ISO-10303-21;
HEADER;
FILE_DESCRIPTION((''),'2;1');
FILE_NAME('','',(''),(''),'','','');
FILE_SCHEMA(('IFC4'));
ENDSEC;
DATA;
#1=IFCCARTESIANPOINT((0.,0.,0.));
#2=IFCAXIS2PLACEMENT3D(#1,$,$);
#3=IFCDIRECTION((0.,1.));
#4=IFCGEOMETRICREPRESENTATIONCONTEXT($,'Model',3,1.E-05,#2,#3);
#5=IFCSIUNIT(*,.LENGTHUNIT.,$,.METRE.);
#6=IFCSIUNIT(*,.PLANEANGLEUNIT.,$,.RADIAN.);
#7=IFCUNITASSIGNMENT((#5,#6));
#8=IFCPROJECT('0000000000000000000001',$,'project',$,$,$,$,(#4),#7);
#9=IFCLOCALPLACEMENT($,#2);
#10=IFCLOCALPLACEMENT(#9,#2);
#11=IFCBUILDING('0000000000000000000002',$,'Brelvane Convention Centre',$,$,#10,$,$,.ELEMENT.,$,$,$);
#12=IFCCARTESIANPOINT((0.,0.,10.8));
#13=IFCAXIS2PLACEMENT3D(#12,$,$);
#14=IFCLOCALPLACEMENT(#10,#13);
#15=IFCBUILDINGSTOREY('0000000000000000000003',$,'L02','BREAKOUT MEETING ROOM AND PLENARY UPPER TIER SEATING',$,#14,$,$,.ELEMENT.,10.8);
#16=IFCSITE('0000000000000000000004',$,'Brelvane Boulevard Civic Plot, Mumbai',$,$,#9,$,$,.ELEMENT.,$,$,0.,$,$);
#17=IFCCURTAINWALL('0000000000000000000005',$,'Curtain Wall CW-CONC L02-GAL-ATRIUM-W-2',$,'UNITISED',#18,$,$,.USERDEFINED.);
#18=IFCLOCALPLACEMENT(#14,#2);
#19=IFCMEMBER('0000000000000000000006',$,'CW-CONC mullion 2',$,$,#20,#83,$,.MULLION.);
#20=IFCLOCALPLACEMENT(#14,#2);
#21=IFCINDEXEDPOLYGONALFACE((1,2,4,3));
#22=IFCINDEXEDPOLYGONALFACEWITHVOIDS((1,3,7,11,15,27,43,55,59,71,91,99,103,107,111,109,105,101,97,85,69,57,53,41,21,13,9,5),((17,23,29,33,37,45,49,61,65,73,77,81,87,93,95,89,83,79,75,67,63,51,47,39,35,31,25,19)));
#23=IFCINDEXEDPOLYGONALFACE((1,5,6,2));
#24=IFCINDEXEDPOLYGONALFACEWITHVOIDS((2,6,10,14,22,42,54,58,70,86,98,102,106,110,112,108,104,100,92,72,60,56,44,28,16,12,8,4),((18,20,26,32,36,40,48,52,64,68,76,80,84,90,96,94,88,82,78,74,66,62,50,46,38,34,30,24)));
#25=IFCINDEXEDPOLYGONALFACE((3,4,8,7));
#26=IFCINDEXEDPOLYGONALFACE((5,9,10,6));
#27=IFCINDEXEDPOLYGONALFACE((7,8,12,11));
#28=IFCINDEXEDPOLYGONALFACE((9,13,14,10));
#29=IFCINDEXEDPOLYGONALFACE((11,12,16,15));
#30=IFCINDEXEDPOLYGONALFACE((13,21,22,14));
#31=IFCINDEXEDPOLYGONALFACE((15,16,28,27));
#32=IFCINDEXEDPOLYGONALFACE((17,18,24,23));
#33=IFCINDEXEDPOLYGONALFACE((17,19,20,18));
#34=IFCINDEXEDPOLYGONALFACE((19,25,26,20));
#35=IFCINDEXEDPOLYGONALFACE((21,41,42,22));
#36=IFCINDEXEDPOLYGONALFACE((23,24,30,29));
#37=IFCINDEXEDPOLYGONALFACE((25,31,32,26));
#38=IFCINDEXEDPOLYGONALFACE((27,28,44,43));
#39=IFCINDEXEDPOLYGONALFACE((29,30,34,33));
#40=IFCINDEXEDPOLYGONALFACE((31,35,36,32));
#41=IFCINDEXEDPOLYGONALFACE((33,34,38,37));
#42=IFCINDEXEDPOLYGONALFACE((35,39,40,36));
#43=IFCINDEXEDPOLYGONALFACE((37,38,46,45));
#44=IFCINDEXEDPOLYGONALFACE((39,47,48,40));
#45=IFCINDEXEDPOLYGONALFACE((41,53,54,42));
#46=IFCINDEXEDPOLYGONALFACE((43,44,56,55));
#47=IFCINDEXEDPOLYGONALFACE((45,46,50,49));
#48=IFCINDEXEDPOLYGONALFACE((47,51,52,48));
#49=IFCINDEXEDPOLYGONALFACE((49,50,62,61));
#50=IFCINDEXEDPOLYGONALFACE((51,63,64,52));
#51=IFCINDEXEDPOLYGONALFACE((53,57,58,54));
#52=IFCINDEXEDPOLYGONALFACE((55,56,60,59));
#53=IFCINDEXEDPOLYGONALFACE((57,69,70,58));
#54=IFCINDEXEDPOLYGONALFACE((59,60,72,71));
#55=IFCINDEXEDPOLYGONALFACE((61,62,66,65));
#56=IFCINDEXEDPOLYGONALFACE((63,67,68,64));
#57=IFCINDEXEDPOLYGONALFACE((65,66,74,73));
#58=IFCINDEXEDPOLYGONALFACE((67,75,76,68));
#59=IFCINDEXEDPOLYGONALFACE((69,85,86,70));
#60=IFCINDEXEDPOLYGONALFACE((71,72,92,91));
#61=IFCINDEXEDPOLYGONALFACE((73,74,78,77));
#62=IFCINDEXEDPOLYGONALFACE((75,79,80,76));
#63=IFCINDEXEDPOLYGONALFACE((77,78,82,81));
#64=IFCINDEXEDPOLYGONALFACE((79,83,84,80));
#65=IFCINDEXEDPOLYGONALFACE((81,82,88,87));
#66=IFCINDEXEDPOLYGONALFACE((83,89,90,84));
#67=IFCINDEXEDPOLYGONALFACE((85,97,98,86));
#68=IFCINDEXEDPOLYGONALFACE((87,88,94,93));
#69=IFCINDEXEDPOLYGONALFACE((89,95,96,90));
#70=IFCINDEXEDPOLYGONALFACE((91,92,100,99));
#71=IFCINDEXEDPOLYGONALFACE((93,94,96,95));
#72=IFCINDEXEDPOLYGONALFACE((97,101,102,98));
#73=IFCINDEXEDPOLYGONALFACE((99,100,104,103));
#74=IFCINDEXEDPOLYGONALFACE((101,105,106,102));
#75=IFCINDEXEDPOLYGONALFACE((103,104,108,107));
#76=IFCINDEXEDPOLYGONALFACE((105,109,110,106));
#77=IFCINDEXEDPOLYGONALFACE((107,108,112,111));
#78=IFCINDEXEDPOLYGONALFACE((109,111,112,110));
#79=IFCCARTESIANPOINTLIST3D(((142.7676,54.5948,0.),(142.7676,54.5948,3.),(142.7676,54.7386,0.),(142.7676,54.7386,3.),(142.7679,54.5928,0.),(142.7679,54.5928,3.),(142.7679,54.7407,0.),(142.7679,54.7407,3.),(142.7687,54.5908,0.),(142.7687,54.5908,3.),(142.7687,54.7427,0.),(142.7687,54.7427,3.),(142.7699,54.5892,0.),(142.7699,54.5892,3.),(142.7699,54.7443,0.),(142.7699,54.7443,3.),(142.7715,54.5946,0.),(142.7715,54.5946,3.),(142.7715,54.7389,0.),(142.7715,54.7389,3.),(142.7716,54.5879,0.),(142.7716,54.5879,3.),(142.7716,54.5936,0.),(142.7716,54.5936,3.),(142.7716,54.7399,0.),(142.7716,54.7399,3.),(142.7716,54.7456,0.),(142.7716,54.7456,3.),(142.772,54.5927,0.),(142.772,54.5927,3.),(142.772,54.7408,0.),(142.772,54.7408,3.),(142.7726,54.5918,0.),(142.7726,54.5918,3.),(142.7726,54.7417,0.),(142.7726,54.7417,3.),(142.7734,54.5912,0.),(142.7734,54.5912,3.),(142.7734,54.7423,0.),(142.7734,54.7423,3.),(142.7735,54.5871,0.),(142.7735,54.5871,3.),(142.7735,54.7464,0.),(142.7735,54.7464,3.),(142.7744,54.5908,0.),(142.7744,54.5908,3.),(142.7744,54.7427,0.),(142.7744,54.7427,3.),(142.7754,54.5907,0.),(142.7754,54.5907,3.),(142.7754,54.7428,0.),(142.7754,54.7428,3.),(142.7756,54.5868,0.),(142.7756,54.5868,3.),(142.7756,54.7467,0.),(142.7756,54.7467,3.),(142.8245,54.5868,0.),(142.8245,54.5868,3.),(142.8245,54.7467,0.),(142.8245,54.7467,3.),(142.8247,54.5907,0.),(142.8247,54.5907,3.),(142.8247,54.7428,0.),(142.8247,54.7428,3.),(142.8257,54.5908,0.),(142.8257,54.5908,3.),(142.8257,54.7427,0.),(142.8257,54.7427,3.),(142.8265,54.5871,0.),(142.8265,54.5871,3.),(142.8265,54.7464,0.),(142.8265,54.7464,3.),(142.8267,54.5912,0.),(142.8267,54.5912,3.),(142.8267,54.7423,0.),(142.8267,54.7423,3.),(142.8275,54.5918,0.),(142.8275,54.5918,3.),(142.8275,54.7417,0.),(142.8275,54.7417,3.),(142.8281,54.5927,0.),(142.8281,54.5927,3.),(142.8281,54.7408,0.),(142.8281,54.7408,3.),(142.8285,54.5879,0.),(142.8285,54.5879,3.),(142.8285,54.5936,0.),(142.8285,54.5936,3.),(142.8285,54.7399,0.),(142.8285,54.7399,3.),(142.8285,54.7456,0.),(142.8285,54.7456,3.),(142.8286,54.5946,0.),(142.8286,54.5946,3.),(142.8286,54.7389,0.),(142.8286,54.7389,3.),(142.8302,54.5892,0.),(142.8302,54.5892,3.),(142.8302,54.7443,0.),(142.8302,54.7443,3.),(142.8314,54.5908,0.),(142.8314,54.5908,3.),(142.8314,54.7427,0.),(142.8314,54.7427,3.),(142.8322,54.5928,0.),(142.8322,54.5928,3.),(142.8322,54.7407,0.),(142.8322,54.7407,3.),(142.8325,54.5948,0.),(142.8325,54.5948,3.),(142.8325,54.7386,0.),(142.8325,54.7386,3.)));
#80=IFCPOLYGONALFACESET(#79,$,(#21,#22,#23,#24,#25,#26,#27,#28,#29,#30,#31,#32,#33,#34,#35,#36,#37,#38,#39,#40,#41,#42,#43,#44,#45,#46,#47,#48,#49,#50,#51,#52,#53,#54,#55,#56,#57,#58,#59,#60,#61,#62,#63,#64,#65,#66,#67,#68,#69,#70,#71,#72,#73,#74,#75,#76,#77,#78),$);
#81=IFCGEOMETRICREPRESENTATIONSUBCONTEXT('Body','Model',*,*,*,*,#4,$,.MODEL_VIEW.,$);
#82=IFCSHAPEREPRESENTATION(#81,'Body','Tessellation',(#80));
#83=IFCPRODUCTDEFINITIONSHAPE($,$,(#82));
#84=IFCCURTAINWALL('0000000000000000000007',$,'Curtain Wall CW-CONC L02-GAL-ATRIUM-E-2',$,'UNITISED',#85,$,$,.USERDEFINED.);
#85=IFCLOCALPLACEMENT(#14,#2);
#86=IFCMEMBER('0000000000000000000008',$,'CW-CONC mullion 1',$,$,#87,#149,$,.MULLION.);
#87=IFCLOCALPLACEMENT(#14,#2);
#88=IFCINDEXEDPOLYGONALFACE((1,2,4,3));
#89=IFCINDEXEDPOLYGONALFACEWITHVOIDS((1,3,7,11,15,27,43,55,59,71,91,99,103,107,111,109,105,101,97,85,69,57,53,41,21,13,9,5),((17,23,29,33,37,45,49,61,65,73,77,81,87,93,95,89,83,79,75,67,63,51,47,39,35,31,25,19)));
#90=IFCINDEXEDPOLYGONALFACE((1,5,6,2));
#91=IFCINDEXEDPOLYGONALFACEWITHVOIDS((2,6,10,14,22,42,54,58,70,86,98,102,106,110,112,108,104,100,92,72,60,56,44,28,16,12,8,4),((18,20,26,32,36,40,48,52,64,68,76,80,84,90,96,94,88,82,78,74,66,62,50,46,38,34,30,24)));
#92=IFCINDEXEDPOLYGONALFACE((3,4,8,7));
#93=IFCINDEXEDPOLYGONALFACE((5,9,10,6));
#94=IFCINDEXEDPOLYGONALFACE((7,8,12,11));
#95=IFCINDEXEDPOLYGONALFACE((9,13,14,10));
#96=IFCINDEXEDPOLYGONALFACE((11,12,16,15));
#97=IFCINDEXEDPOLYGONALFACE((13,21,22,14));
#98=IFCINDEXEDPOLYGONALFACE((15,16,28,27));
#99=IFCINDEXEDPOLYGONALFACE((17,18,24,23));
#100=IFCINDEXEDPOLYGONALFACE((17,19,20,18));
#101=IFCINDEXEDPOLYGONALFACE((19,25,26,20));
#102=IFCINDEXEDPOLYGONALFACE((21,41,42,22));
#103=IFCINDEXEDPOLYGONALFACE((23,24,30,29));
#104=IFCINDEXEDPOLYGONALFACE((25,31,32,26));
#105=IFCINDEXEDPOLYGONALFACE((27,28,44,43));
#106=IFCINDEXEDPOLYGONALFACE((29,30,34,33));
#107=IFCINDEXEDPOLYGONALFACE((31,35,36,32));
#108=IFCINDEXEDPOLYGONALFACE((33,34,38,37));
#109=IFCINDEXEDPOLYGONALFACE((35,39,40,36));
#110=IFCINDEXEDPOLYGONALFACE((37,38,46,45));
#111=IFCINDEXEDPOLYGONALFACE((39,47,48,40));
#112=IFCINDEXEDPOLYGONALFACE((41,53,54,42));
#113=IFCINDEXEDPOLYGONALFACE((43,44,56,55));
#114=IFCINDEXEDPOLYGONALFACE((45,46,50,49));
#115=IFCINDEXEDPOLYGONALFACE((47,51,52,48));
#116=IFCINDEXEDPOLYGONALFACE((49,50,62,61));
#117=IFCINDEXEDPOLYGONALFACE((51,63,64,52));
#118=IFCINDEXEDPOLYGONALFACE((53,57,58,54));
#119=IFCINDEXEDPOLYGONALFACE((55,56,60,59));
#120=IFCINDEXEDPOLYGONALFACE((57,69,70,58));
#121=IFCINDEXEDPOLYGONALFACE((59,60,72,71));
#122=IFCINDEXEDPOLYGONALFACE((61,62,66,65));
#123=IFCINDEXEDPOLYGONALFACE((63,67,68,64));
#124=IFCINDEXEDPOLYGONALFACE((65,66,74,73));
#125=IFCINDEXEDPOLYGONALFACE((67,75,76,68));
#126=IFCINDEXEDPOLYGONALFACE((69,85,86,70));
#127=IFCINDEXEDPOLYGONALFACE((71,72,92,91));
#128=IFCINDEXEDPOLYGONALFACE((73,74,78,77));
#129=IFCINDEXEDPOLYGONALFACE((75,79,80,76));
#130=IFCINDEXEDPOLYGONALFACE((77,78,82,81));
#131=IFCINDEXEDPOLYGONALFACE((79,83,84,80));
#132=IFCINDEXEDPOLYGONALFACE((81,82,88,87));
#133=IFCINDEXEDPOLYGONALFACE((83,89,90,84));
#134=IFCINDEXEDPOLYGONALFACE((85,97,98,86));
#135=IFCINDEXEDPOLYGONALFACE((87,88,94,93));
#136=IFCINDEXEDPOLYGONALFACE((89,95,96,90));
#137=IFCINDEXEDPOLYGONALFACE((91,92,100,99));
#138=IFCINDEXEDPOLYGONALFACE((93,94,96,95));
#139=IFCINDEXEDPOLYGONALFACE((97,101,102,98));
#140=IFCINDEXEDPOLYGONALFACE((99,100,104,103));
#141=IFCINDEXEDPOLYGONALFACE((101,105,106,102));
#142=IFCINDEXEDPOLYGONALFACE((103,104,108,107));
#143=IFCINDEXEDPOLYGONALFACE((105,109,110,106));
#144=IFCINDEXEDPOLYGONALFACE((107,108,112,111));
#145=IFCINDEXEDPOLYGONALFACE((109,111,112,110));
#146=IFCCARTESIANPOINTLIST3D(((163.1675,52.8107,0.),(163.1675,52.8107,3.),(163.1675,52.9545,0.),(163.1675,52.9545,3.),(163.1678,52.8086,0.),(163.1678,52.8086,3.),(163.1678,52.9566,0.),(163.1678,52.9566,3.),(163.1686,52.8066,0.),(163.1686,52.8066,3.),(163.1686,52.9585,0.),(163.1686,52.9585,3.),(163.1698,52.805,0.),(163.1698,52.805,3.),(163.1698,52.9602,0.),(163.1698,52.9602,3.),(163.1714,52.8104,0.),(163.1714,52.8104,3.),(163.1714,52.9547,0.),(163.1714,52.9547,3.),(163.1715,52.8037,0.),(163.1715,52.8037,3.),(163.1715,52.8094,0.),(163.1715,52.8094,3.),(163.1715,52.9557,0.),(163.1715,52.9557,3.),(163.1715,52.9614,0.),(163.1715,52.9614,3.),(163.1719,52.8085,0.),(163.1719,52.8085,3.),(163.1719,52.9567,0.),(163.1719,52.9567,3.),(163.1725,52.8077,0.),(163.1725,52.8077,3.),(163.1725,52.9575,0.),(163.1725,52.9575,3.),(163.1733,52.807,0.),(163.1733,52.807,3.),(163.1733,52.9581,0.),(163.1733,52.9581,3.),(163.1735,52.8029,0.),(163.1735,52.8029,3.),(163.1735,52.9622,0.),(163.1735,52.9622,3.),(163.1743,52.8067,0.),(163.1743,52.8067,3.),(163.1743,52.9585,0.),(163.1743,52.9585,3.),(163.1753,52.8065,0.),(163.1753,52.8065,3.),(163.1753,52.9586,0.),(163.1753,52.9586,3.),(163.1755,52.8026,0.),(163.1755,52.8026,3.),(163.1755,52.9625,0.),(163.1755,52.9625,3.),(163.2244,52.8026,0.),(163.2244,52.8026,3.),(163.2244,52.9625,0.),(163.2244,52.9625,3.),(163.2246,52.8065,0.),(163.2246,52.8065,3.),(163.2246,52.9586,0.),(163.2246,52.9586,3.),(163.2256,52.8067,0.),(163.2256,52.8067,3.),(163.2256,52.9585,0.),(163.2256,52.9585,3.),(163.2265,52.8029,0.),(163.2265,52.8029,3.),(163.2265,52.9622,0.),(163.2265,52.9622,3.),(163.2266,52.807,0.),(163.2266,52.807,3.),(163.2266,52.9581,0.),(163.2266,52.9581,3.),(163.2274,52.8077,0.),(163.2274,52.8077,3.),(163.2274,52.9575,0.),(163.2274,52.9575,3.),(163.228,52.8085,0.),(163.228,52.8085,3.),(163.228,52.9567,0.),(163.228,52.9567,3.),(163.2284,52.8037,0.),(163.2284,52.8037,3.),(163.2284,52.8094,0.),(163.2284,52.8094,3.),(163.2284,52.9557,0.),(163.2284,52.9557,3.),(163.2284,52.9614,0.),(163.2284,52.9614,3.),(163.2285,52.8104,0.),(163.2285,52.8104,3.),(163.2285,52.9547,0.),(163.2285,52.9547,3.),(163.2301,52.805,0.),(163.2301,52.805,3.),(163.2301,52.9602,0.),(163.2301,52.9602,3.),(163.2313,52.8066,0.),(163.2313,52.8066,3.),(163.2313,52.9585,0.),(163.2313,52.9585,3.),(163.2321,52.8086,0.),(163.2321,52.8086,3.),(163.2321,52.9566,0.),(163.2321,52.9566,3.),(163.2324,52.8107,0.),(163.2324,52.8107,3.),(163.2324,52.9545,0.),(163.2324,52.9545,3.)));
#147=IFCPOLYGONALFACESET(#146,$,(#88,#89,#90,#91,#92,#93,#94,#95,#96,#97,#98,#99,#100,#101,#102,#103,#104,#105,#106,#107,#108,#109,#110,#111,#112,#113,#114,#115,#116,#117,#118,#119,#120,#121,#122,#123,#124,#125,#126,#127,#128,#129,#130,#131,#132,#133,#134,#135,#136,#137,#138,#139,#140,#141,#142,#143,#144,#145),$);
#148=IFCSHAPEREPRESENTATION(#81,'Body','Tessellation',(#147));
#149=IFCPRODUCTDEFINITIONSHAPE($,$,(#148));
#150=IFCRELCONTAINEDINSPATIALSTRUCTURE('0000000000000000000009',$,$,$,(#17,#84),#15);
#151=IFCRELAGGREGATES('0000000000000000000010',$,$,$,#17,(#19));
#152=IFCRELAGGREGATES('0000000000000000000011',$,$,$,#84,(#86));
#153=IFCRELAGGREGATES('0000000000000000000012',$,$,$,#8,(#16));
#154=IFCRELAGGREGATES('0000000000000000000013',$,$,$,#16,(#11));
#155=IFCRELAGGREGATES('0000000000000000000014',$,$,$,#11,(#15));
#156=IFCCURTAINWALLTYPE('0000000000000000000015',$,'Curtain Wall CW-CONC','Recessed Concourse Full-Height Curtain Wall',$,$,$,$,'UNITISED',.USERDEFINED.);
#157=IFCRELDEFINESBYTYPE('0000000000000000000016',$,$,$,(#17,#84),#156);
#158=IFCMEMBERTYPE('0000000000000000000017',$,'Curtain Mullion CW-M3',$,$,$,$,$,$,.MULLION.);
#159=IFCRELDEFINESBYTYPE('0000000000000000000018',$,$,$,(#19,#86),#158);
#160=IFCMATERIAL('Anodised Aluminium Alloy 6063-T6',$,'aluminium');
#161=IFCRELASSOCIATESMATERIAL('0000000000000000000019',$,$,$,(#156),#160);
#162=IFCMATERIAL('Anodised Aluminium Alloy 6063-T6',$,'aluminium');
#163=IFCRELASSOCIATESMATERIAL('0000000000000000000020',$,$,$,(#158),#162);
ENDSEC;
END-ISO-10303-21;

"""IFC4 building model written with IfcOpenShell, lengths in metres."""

from ifc_helpers import new_model, si_unit, direction, frame, origin, origin_2d, place, context, subcontext, project, spatial, hollow_rectangle, extrude, material, material_profile, profile_set, type_object, element, aggregate, save


model = new_model("IFC4")

# Units and contexts
model_context = context("Model", 3, precision=1e-05, world=origin(), true_north=direction((0.0, 1.0)))
body_context = subcontext(model_context, "Body", "Model", "MODEL_VIEW")
ifc_project = project(units=[si_unit("LENGTHUNIT", "METRE"), si_unit("PLANEANGLEUNIT", "RADIAN")], contexts=[model_context])

# Site, building, storey
site_placement = place(None, origin())
site = spatial("IfcSite", under=ifc_project, at=site_placement, Name="Brelvane Boulevard Civic Plot, Mumbai", CompositionType="ELEMENT", RefElevation=0.0)
building_placement = place(site_placement, origin())
building = spatial("IfcBuilding", under=site, at=building_placement, Name="Brelvane Convention Centre", CompositionType="ELEMENT")
storey_placement = place(building_placement, frame((0.0, 0.0, 10.8)))
storey = spatial("IfcBuildingStorey", under=building, at=storey_placement, Name="L02", Description="BREAKOUT MEETING ROOM AND PLENARY UPPER TIER SEATING", CompositionType="ELEMENT", Elevation=10.8)

# Curtain walls, members
ifc_material_1 = material(Name="Anodised Aluminium Alloy 6063-T6", Category="aluminium")
curtain_wall_type = type_object("IfcCurtainWallType", Name="Curtain Wall CW-CONC", Description="Recessed Concourse Full-Height Curtain Wall", ElementType="UNITISED", PredefinedType="USERDEFINED", material=ifc_material_1)
curtain_wall_1_placement = place(storey_placement, origin())
curtain_wall_1 = element("IfcCurtainWall", 1, at=curtain_wall_1_placement, inside=storey, type_object=curtain_wall_type, Name="Curtain Wall CW-CONC L02-GAL-ATRIUM-W-2", ObjectType="UNITISED", PredefinedType="USERDEFINED")
ifc_material_2 = material(Name="Anodised Aluminium Alloy 6063-T6", Category="aluminium")
ifc_material_profile_1 = material_profile(ifc_material_2, hollow_rectangle(XDim=0.0649, YDim=0.1599, WallThickness=0.0039, InnerFilletRadius=0.0039, OuterFilletRadius=0.0081, at=origin_2d()), Name="ALU-M 160x65x4.0")
ifc_profile_set_1 = profile_set([ifc_material_profile_1], Name="Anodised Aluminium Alloy 6063-T6")
member_type_1 = type_object("IfcMemberType", Name="Curtain Mullion CW-M3", PredefinedType="MULLION", material=ifc_profile_set_1)
member_1_placement = place(storey_placement, frame((142.8, 54.6667, 0.0), z_axis=(0.0, 0.0, 1.0), x_axis=(-1.0, 0.0, 0.0)))
member_1 = element("IfcMember", 2, at=member_1_placement, type_object=member_type_1, Name="CW-CONC mullion 2", PredefinedType="MULLION", context=body_context, shape_type="SweptSolid", body=[
    extrude(hollow_rectangle(XDim=0.0649, YDim=0.1599, WallThickness=0.0039, InnerFilletRadius=0.0039, OuterFilletRadius=0.0081, at=origin_2d()), origin(), (0.0, 0.0, 1.0), 3.0),
])
curtain_wall_2_placement = place(storey_placement, origin())
curtain_wall_2 = element("IfcCurtainWall", 3, at=curtain_wall_2_placement, inside=storey, type_object=curtain_wall_type, Name="Curtain Wall CW-CONC L02-GAL-ATRIUM-E-2", ObjectType="UNITISED", PredefinedType="USERDEFINED")
member_2_placement = place(storey_placement, frame((163.2, 52.8826, 0.0), z_axis=(0.0, 0.0, 1.0), x_axis=(-1.0, 0.0, 0.0)))
member_2 = element("IfcMember", 4, at=member_2_placement, type_object=member_type_1, Name="CW-CONC mullion 1", PredefinedType="MULLION", context=body_context, shape_type="SweptSolid", body=[
    extrude(hollow_rectangle(XDim=0.0649, YDim=0.1599, WallThickness=0.0039, InnerFilletRadius=0.0039, OuterFilletRadius=0.0081, at=origin_2d()), origin(), (0.0, 0.0, 1.0), 3.0),
])

aggregate(curtain_wall_1, [member_1])
aggregate(curtain_wall_2, [member_2])

save(model, "model.ifc")
